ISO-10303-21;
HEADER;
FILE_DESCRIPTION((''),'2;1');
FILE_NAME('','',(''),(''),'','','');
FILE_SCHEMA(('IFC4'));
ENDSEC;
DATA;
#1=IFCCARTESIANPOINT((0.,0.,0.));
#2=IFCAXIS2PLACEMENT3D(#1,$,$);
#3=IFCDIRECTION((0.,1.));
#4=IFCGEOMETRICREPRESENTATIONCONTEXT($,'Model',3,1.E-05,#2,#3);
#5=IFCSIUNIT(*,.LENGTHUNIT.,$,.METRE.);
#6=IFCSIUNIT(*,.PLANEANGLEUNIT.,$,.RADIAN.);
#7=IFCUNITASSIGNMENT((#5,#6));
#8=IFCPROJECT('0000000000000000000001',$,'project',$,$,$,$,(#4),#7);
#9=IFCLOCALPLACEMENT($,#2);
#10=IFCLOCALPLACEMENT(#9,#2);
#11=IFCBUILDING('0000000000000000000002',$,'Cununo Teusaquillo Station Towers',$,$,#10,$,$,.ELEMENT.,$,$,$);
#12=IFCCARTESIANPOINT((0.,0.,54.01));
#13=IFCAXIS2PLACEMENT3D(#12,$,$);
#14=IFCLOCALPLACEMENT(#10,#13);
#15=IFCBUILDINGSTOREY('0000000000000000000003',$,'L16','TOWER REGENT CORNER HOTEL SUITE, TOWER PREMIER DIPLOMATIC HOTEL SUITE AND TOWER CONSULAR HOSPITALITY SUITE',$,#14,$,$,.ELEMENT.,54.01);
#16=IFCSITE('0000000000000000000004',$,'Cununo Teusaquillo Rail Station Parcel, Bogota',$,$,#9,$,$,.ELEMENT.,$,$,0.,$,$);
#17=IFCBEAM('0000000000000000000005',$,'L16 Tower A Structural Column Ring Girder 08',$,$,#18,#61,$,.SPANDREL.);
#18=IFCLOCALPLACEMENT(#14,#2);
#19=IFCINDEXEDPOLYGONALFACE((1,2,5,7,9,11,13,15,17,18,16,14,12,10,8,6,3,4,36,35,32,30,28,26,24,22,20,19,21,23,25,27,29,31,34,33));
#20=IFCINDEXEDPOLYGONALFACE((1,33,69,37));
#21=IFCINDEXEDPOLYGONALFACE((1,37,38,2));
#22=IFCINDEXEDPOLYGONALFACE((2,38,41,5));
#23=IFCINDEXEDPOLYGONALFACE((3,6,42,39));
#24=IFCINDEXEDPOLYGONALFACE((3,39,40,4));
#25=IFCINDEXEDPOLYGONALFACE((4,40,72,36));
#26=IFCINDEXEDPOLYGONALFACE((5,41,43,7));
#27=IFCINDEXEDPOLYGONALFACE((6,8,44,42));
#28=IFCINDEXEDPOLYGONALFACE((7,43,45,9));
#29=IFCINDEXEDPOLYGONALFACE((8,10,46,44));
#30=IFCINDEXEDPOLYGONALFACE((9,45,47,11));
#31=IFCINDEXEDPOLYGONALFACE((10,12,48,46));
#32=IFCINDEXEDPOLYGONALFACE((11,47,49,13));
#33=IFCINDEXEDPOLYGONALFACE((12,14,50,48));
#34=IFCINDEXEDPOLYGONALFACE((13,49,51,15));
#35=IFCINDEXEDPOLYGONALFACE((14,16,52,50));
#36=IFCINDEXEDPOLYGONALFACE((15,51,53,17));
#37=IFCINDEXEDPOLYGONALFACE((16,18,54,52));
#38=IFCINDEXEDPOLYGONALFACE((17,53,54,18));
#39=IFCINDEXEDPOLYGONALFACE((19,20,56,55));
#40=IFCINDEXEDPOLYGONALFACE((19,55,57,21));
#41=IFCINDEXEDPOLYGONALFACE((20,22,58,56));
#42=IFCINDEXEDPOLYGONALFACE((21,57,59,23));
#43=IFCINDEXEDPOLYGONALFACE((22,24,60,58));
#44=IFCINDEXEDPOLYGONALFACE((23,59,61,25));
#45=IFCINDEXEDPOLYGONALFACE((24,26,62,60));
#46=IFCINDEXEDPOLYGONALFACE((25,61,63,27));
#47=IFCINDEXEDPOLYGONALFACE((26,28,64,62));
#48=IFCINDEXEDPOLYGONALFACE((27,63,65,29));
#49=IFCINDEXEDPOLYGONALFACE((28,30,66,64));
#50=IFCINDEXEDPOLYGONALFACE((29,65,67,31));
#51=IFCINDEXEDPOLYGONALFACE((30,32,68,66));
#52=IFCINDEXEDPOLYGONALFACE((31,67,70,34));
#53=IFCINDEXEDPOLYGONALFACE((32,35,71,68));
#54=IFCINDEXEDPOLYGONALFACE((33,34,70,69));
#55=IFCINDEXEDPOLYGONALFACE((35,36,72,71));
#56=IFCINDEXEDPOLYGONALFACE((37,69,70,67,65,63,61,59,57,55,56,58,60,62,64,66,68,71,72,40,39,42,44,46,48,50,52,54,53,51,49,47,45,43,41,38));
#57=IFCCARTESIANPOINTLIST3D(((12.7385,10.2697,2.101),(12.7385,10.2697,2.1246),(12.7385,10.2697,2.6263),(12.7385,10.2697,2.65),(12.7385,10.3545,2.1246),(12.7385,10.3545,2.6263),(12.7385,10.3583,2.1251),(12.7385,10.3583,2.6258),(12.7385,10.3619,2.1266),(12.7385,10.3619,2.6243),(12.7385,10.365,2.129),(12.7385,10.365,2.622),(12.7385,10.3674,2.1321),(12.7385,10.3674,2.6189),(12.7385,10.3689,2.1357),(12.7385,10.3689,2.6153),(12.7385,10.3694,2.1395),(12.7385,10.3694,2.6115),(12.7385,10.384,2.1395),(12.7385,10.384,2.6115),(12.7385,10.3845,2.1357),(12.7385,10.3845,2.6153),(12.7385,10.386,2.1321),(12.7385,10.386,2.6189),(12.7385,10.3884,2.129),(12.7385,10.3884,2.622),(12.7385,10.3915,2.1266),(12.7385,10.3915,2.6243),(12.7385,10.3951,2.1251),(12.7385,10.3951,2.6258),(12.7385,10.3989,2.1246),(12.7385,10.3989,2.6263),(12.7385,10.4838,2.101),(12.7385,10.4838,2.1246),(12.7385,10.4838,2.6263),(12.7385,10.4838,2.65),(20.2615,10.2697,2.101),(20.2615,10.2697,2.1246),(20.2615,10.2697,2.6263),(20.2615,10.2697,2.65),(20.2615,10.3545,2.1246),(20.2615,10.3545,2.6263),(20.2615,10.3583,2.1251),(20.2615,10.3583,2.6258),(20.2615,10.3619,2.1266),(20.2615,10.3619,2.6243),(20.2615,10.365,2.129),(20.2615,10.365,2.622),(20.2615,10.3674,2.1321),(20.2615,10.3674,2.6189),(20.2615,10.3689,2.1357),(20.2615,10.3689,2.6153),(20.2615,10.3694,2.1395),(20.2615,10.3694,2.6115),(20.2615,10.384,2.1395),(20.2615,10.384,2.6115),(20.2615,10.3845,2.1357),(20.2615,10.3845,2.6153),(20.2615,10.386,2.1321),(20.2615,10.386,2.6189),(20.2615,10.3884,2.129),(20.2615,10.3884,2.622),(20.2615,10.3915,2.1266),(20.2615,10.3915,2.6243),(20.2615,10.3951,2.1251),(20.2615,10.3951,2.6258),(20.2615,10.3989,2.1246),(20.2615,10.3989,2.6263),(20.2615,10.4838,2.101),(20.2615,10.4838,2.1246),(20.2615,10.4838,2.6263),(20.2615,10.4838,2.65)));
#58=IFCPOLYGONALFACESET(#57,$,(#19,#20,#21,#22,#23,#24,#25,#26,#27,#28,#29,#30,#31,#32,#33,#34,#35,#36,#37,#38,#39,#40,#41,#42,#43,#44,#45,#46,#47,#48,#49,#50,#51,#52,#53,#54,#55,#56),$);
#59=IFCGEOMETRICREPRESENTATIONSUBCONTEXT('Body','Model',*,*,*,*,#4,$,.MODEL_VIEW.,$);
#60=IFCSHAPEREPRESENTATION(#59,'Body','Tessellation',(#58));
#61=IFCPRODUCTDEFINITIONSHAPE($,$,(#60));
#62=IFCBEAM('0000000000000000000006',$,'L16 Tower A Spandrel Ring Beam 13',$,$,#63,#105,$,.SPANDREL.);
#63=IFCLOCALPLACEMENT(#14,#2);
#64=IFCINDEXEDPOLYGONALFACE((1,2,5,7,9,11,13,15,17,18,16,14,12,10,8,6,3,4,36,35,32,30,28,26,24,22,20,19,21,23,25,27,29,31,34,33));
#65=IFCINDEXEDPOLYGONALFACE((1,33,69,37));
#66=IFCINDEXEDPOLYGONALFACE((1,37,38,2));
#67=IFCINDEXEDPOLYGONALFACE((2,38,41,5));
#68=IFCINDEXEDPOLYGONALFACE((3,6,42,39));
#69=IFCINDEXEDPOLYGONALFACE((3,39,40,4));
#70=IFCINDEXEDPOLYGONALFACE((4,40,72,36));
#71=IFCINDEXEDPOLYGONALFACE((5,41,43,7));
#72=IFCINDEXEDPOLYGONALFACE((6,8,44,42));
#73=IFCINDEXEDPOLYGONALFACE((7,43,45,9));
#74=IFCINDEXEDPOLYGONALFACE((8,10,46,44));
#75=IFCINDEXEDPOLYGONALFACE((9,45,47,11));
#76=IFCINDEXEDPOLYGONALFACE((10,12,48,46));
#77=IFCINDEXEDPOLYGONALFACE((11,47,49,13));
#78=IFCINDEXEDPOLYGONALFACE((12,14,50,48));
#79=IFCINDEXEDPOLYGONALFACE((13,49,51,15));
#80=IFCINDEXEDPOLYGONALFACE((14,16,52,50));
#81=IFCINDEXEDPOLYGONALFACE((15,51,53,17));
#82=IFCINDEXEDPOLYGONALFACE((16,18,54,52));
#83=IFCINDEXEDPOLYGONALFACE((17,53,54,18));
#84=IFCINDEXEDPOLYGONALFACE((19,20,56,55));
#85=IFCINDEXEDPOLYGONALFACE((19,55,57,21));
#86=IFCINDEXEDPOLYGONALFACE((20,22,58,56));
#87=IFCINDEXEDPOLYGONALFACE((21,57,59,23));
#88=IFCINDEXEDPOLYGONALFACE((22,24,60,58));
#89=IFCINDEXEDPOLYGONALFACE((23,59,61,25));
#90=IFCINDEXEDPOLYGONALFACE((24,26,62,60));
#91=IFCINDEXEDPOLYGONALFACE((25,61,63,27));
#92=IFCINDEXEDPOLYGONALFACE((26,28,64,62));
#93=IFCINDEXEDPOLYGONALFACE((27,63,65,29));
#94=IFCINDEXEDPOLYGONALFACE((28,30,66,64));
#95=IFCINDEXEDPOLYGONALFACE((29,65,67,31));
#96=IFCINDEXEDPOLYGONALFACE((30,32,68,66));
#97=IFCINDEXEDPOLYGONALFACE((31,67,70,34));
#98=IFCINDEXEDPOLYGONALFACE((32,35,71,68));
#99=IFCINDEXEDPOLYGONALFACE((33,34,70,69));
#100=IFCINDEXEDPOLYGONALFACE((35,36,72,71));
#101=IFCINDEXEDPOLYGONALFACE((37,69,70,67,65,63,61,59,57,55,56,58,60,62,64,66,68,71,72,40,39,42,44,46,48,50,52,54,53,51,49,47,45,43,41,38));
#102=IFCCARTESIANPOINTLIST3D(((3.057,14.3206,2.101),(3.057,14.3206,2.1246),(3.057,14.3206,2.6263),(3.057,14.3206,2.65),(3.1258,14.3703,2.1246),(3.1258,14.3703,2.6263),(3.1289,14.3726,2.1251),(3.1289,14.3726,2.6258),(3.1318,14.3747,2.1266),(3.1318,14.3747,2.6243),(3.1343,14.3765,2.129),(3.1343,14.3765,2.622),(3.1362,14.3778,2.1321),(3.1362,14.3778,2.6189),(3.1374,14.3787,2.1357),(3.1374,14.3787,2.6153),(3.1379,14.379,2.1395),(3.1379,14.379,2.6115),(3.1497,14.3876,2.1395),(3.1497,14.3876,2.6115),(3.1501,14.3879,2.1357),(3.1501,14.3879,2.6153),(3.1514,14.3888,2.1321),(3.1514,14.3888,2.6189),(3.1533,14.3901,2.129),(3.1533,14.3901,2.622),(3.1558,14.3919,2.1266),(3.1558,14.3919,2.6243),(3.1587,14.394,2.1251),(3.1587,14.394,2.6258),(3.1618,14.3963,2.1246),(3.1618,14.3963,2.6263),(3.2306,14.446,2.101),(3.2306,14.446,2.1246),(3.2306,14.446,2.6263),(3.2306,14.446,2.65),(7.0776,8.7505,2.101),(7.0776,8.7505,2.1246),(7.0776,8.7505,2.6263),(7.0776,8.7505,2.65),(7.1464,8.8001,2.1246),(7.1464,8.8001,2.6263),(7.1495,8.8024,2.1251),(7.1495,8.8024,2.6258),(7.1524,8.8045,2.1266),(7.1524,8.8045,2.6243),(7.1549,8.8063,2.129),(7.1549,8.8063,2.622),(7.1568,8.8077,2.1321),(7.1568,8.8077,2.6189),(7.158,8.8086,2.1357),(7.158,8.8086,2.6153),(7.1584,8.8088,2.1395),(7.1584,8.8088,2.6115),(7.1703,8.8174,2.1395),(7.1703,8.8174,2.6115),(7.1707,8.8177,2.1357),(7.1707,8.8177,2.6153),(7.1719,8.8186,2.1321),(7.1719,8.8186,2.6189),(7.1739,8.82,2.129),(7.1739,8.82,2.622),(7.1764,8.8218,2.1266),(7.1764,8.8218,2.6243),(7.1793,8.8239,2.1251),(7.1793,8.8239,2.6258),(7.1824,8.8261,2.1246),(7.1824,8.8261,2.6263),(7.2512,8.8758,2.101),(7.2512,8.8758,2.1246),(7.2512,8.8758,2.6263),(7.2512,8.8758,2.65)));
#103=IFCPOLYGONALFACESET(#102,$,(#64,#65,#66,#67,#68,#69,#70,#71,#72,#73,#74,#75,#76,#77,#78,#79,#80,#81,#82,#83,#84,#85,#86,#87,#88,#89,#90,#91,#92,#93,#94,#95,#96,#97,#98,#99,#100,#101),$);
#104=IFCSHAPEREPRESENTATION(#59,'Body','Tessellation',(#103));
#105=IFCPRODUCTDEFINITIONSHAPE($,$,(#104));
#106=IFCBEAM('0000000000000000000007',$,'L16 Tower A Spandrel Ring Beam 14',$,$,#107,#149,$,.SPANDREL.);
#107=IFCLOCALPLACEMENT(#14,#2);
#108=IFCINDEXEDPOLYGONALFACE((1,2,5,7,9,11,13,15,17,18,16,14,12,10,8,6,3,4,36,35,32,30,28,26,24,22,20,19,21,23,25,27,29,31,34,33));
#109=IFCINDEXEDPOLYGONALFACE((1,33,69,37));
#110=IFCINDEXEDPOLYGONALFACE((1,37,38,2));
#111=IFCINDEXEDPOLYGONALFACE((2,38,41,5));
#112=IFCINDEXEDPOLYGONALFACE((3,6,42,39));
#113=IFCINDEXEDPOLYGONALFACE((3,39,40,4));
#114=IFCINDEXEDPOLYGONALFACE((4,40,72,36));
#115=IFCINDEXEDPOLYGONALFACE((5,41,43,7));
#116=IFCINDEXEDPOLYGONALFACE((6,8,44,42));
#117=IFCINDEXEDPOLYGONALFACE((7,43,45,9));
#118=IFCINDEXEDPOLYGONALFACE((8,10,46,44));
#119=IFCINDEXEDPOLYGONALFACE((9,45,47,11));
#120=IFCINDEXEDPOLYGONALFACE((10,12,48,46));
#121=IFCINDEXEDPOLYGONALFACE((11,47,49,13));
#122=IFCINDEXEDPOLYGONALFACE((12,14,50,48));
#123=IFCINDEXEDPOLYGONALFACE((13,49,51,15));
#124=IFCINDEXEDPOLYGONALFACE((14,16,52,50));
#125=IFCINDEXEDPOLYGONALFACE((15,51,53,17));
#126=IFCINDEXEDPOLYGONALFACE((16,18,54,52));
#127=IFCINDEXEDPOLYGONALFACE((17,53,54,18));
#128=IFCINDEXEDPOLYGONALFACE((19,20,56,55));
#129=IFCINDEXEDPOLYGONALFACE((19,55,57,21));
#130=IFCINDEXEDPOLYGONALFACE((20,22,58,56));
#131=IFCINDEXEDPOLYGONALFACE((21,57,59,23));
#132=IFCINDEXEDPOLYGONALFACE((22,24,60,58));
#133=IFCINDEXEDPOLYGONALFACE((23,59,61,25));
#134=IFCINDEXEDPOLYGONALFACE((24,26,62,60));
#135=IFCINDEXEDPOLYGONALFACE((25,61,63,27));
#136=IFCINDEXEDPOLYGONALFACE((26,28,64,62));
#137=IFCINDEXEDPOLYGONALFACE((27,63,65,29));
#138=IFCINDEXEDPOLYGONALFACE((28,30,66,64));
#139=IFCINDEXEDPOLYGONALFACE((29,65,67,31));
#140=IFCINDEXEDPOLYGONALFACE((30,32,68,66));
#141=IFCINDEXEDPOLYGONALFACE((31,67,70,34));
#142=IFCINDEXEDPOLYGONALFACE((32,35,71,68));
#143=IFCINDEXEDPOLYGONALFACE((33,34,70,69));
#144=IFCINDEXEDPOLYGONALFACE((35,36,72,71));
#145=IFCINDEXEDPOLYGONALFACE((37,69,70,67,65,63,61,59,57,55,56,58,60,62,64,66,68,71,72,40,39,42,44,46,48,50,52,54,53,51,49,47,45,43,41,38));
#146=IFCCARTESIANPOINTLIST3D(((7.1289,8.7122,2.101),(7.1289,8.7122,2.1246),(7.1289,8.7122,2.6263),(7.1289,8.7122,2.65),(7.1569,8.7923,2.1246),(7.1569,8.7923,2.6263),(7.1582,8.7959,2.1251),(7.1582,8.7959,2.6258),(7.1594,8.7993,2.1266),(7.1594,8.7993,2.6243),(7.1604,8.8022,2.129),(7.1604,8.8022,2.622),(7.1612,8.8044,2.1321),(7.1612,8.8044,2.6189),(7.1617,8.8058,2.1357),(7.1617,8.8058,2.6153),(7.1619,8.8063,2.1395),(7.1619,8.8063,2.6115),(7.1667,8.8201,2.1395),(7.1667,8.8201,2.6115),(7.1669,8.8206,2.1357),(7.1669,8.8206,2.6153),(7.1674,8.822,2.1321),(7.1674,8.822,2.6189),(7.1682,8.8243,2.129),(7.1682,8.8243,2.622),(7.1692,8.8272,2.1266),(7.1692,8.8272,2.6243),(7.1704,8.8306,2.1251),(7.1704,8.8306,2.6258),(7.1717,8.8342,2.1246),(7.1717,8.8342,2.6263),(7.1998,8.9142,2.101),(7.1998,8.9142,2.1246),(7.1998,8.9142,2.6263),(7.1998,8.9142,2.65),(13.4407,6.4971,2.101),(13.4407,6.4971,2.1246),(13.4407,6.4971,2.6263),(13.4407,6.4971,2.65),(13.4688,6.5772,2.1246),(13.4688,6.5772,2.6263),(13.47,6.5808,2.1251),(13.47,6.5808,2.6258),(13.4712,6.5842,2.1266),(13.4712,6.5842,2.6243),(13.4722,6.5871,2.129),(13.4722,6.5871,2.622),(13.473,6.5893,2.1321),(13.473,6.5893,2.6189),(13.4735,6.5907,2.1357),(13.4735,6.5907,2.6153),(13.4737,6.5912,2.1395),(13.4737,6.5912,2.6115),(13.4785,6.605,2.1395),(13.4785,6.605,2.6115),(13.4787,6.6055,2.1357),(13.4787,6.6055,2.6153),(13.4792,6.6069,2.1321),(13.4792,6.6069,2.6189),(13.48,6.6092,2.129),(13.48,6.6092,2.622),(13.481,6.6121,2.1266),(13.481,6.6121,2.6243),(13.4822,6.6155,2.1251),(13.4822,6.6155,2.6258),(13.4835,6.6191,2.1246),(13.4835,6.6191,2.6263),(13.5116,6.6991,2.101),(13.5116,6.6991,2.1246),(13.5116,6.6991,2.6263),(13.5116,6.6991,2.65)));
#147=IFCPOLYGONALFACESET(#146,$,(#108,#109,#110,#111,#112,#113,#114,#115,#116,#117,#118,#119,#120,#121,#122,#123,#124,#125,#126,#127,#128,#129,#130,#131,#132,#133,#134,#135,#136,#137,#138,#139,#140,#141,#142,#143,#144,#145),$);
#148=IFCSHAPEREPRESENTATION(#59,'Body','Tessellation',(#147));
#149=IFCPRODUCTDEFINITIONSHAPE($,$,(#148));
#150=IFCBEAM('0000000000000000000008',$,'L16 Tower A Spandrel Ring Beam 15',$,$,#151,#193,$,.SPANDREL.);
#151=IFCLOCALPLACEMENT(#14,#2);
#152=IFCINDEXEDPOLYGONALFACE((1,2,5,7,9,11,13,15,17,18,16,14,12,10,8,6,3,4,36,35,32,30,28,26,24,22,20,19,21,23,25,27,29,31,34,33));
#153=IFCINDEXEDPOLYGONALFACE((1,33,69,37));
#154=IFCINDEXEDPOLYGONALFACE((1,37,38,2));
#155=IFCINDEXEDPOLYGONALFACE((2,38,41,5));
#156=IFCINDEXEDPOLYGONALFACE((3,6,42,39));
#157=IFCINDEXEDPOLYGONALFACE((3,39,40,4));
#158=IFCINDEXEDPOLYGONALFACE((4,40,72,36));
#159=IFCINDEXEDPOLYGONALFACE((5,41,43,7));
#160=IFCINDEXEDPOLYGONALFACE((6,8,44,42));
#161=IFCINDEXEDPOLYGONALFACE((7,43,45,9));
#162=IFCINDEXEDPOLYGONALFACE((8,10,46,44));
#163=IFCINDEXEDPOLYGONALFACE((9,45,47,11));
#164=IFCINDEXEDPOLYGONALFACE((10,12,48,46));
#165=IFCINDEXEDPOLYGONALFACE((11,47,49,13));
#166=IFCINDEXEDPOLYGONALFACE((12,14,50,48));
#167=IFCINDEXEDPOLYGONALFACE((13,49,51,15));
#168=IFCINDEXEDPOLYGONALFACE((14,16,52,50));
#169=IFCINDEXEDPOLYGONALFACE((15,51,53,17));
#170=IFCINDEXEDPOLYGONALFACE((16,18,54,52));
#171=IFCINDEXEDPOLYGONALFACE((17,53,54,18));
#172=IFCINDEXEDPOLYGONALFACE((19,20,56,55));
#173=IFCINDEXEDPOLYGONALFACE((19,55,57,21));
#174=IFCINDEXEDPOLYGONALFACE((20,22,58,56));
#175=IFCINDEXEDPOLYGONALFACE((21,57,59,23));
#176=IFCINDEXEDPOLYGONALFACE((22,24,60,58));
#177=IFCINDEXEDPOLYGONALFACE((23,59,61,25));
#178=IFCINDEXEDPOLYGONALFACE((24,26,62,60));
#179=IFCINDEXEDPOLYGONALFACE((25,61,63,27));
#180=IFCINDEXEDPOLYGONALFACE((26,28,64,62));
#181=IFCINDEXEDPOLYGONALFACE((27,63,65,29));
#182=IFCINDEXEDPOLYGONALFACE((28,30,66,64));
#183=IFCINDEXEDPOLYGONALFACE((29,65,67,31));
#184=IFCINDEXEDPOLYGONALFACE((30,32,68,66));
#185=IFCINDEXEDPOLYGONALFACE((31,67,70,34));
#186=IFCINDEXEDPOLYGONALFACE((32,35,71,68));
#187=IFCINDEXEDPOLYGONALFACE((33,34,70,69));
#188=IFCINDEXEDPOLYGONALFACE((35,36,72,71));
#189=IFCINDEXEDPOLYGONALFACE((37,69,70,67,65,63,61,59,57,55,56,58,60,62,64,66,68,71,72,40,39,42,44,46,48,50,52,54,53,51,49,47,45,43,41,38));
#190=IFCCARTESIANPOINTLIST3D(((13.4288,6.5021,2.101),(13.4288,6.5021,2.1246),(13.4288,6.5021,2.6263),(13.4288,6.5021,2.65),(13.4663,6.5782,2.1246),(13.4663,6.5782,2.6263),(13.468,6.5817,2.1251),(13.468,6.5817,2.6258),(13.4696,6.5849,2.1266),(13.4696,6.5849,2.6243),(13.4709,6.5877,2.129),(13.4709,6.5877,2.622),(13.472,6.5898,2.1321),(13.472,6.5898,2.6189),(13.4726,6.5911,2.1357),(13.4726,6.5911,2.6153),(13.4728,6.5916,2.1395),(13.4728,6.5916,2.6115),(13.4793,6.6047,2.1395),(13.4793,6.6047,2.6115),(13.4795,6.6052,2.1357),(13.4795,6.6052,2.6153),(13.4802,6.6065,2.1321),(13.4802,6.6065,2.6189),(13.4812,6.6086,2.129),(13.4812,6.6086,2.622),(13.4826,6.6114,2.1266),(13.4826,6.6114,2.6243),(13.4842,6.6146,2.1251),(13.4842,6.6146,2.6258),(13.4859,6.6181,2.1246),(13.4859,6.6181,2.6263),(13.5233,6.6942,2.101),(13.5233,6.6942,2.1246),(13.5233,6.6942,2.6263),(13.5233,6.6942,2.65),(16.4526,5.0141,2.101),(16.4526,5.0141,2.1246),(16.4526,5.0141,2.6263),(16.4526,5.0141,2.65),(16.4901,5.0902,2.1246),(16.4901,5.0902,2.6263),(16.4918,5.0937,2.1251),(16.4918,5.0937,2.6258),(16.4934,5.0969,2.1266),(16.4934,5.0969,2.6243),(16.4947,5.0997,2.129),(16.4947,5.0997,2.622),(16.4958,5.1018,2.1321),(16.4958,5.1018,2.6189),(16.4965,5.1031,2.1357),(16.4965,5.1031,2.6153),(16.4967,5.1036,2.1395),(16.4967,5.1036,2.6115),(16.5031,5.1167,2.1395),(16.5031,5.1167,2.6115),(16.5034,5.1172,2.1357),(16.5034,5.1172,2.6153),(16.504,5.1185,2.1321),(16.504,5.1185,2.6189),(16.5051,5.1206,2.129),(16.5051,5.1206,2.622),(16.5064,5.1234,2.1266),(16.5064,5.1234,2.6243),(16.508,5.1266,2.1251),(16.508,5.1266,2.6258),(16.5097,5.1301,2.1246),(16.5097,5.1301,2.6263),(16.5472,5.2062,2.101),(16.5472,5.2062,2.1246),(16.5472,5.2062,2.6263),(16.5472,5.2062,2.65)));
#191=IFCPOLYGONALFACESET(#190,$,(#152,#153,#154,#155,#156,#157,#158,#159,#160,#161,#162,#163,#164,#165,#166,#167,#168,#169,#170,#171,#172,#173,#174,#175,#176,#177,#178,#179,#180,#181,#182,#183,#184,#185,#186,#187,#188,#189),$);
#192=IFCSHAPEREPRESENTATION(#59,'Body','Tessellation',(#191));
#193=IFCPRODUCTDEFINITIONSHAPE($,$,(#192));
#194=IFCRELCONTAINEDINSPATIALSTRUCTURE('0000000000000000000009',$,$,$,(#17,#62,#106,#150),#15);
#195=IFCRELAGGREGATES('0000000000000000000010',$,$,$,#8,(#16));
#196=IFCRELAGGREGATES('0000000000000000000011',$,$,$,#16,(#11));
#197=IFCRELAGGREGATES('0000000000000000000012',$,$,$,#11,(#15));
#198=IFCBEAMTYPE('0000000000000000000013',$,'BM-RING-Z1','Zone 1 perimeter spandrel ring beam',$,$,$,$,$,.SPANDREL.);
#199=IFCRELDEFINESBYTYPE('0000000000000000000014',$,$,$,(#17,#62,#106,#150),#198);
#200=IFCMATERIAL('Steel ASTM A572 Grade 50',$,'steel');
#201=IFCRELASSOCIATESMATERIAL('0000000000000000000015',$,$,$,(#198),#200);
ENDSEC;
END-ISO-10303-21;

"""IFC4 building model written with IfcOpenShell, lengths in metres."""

from ifc_helpers import new_model, si_unit, direction, frame, origin, origin_2d, place, context, subcontext, project, spatial, i_section, extrude, material, material_profile, profile_set, type_object, element, save


model = new_model("IFC4")

# Units and contexts
model_context = context("Model", 3, precision=1e-05, world=origin(), true_north=direction((0.0, 1.0)))
body_context = subcontext(model_context, "Body", "Model", "MODEL_VIEW")
ifc_project = project(units=[si_unit("LENGTHUNIT", "METRE"), si_unit("PLANEANGLEUNIT", "RADIAN")], contexts=[model_context])

# Site, building, storey
site_placement = place(None, origin())
site = spatial("IfcSite", under=ifc_project, at=site_placement, Name="Cununo Teusaquillo Rail Station Parcel, Bogota", CompositionType="ELEMENT", RefElevation=0.0)
building_placement = place(site_placement, origin())
building = spatial("IfcBuilding", under=site, at=building_placement, Name="Cununo Teusaquillo Station Towers", CompositionType="ELEMENT")
storey_placement = place(building_placement, frame((0.0, 0.0, 54.01)))
storey = spatial("IfcBuildingStorey", under=building, at=storey_placement, Name="L16", Description="TOWER REGENT CORNER HOTEL SUITE, TOWER PREMIER DIPLOMATIC HOTEL SUITE AND TOWER CONSULAR HOSPITALITY SUITE", CompositionType="ELEMENT", Elevation=54.01)

# Beams
ifc_material_1 = material(Name="Steel ASTM A572 Grade 50", Category="steel")
ifc_material_profile_1 = material_profile(ifc_material_1, i_section(OverallWidth=0.2141, OverallDepth=0.5491, WebThickness=0.0146, FlangeThickness=0.0237, FilletRadius=0.0149, at=origin_2d()), Name="W21X93")
ifc_profile_set_1 = profile_set([ifc_material_profile_1], Name="Steel ASTM A572 Grade 50")
beam_type = type_object("IfcBeamType", Name="BM-RING-Z1", Description="Zone 1 perimeter spandrel ring beam", PredefinedType="SPANDREL", material=ifc_profile_set_1)
beam_1_placement = place(storey_placement, frame((12.7385, 10.3767, 2.3755), z_axis=(1.0, 0.0, 0.0), x_axis=(0.0, 1.0, 0.0)))
element("IfcBeam", 1, at=beam_1_placement, inside=storey, type_object=beam_type, Name="L16 Tower A Structural Column Ring Girder 08", PredefinedType="SPANDREL", context=body_context, shape_type="SweptSolid", body=[
    extrude(i_section(OverallWidth=0.2141, OverallDepth=0.5491, WebThickness=0.0146, FlangeThickness=0.0237, FilletRadius=0.0149, at=origin_2d()), origin(), (0.0, 0.0, 1.0), 7.5229),
])
beam_2_placement = place(storey_placement, frame((3.1438, 14.3833, 2.3755), z_axis=(0.585269, -0.810839, 0.0), x_axis=(0.810839, 0.585269, 0.0)))
element("IfcBeam", 2, at=beam_2_placement, inside=storey, type_object=beam_type, Name="L16 Tower A Spandrel Ring Beam 13", PredefinedType="SPANDREL", context=body_context, shape_type="SweptSolid", body=[
    extrude(i_section(OverallWidth=0.2141, OverallDepth=0.5491, WebThickness=0.0146, FlangeThickness=0.0237, FilletRadius=0.0149, at=origin_2d()), origin(), (0.0, 0.0, 1.0), 6.8696),
])
beam_3_placement = place(storey_placement, frame((7.1643, 8.8132, 2.3755), z_axis=(0.94358, -0.331145, 0.0), x_axis=(0.331145, 0.94358, 0.0)))
element("IfcBeam", 3, at=beam_3_placement, inside=storey, type_object=beam_type, Name="L16 Tower A Spandrel Ring Beam 14", PredefinedType="SPANDREL", context=body_context, shape_type="SweptSolid", body=[
    extrude(i_section(OverallWidth=0.2141, OverallDepth=0.5491, WebThickness=0.0146, FlangeThickness=0.0237, FilletRadius=0.0149, at=origin_2d()), origin(), (0.0, 0.0, 1.0), 6.6892),
])
beam_4_placement = place(storey_placement, frame((13.4761, 6.5981, 2.3755), z_axis=(0.897249, -0.441525, 0.0), x_axis=(0.441525, 0.897249, 0.0)))
element("IfcBeam", 4, at=beam_4_placement, inside=storey, type_object=beam_type, Name="L16 Tower A Spandrel Ring Beam 15", PredefinedType="SPANDREL", context=body_context, shape_type="SweptSolid", body=[
    extrude(i_section(OverallWidth=0.2141, OverallDepth=0.5491, WebThickness=0.0146, FlangeThickness=0.0237, FilletRadius=0.0149, at=origin_2d()), origin(), (0.0, 0.0, 1.0), 3.3701),
])

save(model, "model.ifc")
